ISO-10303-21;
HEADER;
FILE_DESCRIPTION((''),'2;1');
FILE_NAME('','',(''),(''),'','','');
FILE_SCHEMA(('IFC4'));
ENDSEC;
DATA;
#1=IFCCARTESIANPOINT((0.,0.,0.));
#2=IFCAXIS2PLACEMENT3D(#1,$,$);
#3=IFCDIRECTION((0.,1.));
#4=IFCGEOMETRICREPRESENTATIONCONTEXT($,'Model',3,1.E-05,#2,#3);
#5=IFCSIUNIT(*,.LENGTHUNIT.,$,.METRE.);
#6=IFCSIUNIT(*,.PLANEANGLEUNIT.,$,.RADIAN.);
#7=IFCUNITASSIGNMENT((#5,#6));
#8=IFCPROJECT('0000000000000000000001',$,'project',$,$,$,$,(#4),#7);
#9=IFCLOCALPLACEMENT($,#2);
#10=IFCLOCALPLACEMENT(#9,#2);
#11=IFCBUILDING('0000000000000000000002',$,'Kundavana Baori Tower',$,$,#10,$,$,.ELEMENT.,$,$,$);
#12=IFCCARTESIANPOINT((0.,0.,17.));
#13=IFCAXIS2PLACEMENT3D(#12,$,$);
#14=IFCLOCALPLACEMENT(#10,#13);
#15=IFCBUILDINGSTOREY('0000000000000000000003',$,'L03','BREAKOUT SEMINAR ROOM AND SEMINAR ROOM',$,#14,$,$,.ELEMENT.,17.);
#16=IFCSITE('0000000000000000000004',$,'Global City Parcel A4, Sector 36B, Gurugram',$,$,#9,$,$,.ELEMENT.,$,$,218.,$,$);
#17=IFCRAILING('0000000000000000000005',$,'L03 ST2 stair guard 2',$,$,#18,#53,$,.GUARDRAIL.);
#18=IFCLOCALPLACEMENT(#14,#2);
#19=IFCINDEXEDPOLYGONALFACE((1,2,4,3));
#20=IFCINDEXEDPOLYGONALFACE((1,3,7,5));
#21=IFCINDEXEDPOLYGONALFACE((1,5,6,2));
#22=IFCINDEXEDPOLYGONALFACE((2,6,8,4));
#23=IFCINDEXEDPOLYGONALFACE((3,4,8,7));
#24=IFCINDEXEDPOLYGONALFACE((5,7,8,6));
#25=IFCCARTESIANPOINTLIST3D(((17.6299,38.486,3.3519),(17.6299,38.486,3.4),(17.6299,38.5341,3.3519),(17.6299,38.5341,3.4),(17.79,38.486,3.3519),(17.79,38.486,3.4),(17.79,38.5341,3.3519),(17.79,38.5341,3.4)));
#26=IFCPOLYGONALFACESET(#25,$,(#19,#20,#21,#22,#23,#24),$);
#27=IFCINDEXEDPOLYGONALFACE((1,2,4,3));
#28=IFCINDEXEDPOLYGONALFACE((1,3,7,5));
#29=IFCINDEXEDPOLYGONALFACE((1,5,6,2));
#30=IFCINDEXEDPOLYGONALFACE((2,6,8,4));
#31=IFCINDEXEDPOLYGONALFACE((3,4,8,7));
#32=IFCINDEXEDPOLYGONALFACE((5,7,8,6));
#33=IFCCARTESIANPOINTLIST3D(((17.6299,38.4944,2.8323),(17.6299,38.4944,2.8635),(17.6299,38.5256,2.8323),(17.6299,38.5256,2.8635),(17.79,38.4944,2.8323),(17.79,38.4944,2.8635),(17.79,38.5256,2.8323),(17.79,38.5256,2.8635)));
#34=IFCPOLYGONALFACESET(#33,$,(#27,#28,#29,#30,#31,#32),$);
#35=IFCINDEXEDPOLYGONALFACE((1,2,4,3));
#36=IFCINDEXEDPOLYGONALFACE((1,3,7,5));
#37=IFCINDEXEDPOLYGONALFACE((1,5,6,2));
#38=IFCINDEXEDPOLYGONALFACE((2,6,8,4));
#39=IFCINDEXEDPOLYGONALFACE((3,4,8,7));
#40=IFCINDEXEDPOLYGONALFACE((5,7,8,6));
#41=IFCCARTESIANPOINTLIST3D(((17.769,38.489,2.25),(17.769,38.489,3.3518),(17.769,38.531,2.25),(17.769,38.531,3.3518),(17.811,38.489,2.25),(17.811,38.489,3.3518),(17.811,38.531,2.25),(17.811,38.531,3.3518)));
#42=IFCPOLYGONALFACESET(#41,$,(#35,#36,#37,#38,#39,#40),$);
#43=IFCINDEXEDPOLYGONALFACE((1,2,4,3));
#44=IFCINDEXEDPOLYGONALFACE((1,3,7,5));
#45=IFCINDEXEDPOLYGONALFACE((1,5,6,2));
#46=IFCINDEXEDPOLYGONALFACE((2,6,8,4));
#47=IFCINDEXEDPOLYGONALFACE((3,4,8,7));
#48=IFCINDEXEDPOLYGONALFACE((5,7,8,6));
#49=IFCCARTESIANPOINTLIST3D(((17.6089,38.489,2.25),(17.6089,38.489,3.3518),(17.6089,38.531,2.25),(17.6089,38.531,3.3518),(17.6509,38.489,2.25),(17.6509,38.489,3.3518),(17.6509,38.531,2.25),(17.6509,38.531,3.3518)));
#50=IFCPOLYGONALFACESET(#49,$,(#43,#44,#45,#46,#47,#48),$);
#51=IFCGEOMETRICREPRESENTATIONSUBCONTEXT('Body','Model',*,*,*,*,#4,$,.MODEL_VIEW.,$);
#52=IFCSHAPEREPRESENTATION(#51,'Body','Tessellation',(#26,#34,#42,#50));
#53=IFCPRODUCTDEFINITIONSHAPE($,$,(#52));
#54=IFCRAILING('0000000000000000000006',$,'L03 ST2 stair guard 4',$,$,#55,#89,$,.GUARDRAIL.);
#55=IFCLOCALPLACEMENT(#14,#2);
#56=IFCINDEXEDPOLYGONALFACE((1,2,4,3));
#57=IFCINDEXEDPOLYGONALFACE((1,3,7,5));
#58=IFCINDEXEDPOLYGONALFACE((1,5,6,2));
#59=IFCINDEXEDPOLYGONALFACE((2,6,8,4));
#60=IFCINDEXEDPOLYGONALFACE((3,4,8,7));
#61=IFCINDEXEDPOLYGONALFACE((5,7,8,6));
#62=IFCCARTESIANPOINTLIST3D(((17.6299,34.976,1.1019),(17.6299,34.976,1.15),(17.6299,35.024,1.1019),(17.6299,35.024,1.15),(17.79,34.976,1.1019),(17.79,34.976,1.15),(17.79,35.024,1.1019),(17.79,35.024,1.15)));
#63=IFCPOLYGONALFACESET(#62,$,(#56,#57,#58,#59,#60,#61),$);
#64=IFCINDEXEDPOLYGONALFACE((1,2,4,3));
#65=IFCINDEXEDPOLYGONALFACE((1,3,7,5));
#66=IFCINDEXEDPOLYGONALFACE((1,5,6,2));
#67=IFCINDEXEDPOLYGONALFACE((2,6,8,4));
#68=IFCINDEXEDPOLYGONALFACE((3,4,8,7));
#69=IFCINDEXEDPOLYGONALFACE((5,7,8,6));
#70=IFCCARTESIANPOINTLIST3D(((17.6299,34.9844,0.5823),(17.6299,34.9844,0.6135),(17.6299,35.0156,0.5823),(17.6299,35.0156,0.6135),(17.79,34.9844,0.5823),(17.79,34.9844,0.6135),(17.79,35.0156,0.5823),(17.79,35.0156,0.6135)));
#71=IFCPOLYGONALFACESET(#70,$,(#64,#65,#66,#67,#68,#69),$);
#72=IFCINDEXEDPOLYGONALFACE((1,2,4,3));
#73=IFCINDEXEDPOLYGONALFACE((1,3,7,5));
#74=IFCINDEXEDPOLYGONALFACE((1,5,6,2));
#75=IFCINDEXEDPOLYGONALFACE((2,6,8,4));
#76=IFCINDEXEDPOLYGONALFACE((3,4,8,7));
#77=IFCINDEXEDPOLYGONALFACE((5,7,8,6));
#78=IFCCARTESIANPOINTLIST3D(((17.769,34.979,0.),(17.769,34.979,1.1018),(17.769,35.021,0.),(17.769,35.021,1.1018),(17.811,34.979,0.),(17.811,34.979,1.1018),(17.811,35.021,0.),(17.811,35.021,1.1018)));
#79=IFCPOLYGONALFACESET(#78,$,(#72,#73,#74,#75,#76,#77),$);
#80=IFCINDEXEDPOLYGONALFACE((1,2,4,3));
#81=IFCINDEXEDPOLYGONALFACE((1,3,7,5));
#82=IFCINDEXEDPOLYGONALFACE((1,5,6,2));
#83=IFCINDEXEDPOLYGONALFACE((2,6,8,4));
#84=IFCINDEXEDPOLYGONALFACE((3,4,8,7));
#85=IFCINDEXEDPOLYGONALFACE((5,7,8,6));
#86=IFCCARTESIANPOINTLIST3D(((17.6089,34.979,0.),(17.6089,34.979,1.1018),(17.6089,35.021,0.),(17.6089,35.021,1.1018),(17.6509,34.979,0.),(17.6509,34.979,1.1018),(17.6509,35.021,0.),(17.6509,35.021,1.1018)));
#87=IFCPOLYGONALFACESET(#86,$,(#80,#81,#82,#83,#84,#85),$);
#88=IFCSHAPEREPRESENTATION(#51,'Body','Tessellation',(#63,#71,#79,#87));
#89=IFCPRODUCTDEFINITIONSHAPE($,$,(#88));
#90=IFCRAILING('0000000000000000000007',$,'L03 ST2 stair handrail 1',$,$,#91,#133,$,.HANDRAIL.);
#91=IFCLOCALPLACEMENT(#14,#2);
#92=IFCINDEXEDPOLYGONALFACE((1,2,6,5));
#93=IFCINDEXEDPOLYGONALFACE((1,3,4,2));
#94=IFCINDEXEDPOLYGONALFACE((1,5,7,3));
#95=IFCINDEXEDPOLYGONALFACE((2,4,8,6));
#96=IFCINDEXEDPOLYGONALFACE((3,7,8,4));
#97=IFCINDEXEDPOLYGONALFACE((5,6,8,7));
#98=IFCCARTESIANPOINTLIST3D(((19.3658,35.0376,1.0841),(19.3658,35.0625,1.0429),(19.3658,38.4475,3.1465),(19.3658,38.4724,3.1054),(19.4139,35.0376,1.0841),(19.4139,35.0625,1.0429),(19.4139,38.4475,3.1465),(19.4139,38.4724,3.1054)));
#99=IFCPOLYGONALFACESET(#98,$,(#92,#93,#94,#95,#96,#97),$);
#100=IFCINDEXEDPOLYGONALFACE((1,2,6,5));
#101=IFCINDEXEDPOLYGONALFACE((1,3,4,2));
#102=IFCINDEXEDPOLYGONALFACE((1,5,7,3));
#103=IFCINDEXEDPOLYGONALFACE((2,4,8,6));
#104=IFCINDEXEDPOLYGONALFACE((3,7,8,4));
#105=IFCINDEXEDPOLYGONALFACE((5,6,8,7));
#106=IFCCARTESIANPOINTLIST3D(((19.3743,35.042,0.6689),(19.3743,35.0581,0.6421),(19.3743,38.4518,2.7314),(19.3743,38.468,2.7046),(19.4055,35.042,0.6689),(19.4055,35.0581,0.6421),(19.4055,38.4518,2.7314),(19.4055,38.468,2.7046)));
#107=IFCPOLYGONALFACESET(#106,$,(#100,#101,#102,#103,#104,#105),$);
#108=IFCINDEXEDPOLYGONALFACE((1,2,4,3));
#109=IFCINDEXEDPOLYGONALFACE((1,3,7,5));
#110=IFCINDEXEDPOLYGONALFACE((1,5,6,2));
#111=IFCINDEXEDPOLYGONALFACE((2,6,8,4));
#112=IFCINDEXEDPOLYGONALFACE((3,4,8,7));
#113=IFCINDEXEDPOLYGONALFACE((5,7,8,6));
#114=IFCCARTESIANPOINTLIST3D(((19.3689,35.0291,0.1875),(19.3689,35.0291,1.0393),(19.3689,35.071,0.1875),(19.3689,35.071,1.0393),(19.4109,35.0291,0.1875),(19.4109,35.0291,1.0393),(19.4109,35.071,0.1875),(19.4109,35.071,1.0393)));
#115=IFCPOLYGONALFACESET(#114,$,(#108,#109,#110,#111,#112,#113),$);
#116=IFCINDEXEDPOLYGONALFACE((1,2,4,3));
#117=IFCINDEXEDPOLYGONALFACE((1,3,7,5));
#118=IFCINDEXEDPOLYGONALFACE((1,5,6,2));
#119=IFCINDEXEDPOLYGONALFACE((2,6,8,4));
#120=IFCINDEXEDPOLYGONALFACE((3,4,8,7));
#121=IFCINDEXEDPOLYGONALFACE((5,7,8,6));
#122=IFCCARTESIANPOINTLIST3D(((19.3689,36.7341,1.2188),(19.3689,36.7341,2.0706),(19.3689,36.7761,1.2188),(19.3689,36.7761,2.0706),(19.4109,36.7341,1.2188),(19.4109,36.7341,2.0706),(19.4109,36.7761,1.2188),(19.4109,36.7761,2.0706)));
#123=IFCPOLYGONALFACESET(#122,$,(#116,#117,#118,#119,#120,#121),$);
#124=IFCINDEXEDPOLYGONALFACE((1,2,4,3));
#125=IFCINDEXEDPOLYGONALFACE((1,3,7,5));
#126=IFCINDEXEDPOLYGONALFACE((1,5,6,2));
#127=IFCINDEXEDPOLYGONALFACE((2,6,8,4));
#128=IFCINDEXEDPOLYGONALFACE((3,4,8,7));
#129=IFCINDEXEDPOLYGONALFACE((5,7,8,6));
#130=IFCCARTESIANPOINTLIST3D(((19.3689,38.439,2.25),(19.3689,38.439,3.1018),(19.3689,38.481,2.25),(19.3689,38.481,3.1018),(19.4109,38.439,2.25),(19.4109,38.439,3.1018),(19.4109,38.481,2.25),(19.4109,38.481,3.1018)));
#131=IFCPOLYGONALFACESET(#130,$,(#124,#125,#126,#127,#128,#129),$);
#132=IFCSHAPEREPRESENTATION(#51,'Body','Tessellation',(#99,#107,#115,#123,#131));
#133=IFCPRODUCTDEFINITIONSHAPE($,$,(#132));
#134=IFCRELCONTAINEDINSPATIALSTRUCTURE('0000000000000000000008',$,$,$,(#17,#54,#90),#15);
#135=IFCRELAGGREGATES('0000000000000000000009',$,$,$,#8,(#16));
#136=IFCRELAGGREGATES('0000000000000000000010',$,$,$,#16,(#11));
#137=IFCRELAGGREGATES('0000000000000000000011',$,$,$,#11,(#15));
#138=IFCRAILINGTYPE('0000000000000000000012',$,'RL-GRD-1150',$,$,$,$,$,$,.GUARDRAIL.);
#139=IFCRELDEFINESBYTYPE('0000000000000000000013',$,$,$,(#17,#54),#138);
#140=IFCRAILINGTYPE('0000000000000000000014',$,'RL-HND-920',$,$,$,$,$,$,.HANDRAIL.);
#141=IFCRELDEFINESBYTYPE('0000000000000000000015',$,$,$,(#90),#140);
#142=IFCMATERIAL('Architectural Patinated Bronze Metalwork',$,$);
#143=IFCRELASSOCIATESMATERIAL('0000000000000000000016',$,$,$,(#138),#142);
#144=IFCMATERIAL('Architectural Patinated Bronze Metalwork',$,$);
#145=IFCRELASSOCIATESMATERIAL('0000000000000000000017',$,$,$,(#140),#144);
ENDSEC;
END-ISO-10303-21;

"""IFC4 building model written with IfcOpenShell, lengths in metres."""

from ifc_helpers import new_model, si_unit, direction, frame, origin, origin_2d, place, context, subcontext, project, spatial, rectangle, extrude, material, type_object, element, save


model = new_model("IFC4")

# Units and contexts
model_context = context("Model", 3, precision=1e-05, world=origin(), true_north=direction((0.0, 1.0)))
body_context = subcontext(model_context, "Body", "Model", "MODEL_VIEW")
ifc_project = project(units=[si_unit("LENGTHUNIT", "METRE"), si_unit("PLANEANGLEUNIT", "RADIAN")], contexts=[model_context])

# Site, building, storey
site_placement = place(None, origin())
site = spatial("IfcSite", under=ifc_project, at=site_placement, Name="Global City Parcel A4, Sector 36B, Gurugram", CompositionType="ELEMENT", RefElevation=218.0)
building_placement = place(site_placement, origin())
building = spatial("IfcBuilding", under=site, at=building_placement, Name="Kundavana Baori Tower", CompositionType="ELEMENT")
storey_placement = place(building_placement, frame((0.0, 0.0, 17.0)))
storey = spatial("IfcBuildingStorey", under=building, at=storey_placement, Name="L03", Description="BREAKOUT SEMINAR ROOM AND SEMINAR ROOM", CompositionType="ELEMENT", Elevation=17.0)

# Railings
ifc_material_1 = material(Name="Architectural Patinated Bronze Metalwork")
railing_type_1 = type_object("IfcRailingType", Name="RL-GRD-1150", PredefinedType="GUARDRAIL", material=ifc_material_1)
for number, where, name in (
    (1, (17.79, 38.51, 2.25), "L03 ST2 stair guard 2"),
    (2, (17.79, 35.0, 0.0), "L03 ST2 stair guard 4"),
):
    element("IfcRailing", number, at=place(storey_placement, frame(where)), inside=storey, type_object=railing_type_1, Name=name, PredefinedType="GUARDRAIL", context=body_context, shape_type="SweptSolid", body=[
        extrude(rectangle(XDim=0.0481, YDim=0.0481, at=origin_2d()), frame((0.0, 0.0, 1.126), z_axis=(-1.0, 0.0, 0.0), x_axis=(0.0, -1.0, 0.0)), (0.0, 0.0, 1.0), 0.1602),
        extrude(rectangle(XDim=0.0312, YDim=0.0312, at=origin_2d()), frame((0.0, 0.0, 0.5979), z_axis=(-1.0, 0.0, 0.0), x_axis=(0.0, -1.0, 0.0)), (0.0, 0.0, 1.0), 0.1602),
        extrude(rectangle(XDim=0.042, YDim=0.042, at=origin_2d()), origin(), (0.0, 0.0, 1.0), 1.1018),
        extrude(rectangle(XDim=0.042, YDim=0.042, at=origin_2d()), frame((-0.1602, 0.0, 0.0)), (0.0, 0.0, 1.0), 1.1018),
    ])
ifc_material_2 = material(Name="Architectural Patinated Bronze Metalwork")
railing_type_2 = type_object("IfcRailingType", Name="RL-HND-920", PredefinedType="HANDRAIL", material=ifc_material_2)
railing_1_placement = place(storey_placement, frame((19.3899, 35.05, 0.1875)))
element("IfcRailing", 3, at=railing_1_placement, inside=storey, type_object=railing_type_2, Name="L03 ST2 stair handrail 1", PredefinedType="HANDRAIL", context=body_context, shape_type="SweptSolid", body=[
    extrude(rectangle(XDim=0.0481, YDim=0.0481, at=origin_2d()), frame((0.0, 0.0, 0.876), z_axis=(0.0, 0.855655, 0.517547), x_axis=(-1.0, 0.0, 0.0)), (0.0, 0.0, 1.0), 3.9851),
    extrude(rectangle(XDim=0.0312, YDim=0.0312, at=origin_2d()), frame((0.0, 0.0, 0.468), z_axis=(0.0, 0.855655, 0.517547), x_axis=(-1.0, 0.0, 0.0)), (0.0, 0.0, 1.0), 3.9851),
    extrude(rectangle(XDim=0.042, YDim=0.042, at=origin_2d()), origin(), (0.0, 0.0, 1.0), 0.8518),
    extrude(rectangle(XDim=0.042, YDim=0.042, at=origin_2d()), frame((0.0, 1.7051, 1.0312)), (0.0, 0.0, 1.0), 0.8518),
    extrude(rectangle(XDim=0.042, YDim=0.042, at=origin_2d()), frame((0.0, 3.4099, 2.0625)), (0.0, 0.0, 1.0), 0.8518),
])

save(model, "model.ifc")
